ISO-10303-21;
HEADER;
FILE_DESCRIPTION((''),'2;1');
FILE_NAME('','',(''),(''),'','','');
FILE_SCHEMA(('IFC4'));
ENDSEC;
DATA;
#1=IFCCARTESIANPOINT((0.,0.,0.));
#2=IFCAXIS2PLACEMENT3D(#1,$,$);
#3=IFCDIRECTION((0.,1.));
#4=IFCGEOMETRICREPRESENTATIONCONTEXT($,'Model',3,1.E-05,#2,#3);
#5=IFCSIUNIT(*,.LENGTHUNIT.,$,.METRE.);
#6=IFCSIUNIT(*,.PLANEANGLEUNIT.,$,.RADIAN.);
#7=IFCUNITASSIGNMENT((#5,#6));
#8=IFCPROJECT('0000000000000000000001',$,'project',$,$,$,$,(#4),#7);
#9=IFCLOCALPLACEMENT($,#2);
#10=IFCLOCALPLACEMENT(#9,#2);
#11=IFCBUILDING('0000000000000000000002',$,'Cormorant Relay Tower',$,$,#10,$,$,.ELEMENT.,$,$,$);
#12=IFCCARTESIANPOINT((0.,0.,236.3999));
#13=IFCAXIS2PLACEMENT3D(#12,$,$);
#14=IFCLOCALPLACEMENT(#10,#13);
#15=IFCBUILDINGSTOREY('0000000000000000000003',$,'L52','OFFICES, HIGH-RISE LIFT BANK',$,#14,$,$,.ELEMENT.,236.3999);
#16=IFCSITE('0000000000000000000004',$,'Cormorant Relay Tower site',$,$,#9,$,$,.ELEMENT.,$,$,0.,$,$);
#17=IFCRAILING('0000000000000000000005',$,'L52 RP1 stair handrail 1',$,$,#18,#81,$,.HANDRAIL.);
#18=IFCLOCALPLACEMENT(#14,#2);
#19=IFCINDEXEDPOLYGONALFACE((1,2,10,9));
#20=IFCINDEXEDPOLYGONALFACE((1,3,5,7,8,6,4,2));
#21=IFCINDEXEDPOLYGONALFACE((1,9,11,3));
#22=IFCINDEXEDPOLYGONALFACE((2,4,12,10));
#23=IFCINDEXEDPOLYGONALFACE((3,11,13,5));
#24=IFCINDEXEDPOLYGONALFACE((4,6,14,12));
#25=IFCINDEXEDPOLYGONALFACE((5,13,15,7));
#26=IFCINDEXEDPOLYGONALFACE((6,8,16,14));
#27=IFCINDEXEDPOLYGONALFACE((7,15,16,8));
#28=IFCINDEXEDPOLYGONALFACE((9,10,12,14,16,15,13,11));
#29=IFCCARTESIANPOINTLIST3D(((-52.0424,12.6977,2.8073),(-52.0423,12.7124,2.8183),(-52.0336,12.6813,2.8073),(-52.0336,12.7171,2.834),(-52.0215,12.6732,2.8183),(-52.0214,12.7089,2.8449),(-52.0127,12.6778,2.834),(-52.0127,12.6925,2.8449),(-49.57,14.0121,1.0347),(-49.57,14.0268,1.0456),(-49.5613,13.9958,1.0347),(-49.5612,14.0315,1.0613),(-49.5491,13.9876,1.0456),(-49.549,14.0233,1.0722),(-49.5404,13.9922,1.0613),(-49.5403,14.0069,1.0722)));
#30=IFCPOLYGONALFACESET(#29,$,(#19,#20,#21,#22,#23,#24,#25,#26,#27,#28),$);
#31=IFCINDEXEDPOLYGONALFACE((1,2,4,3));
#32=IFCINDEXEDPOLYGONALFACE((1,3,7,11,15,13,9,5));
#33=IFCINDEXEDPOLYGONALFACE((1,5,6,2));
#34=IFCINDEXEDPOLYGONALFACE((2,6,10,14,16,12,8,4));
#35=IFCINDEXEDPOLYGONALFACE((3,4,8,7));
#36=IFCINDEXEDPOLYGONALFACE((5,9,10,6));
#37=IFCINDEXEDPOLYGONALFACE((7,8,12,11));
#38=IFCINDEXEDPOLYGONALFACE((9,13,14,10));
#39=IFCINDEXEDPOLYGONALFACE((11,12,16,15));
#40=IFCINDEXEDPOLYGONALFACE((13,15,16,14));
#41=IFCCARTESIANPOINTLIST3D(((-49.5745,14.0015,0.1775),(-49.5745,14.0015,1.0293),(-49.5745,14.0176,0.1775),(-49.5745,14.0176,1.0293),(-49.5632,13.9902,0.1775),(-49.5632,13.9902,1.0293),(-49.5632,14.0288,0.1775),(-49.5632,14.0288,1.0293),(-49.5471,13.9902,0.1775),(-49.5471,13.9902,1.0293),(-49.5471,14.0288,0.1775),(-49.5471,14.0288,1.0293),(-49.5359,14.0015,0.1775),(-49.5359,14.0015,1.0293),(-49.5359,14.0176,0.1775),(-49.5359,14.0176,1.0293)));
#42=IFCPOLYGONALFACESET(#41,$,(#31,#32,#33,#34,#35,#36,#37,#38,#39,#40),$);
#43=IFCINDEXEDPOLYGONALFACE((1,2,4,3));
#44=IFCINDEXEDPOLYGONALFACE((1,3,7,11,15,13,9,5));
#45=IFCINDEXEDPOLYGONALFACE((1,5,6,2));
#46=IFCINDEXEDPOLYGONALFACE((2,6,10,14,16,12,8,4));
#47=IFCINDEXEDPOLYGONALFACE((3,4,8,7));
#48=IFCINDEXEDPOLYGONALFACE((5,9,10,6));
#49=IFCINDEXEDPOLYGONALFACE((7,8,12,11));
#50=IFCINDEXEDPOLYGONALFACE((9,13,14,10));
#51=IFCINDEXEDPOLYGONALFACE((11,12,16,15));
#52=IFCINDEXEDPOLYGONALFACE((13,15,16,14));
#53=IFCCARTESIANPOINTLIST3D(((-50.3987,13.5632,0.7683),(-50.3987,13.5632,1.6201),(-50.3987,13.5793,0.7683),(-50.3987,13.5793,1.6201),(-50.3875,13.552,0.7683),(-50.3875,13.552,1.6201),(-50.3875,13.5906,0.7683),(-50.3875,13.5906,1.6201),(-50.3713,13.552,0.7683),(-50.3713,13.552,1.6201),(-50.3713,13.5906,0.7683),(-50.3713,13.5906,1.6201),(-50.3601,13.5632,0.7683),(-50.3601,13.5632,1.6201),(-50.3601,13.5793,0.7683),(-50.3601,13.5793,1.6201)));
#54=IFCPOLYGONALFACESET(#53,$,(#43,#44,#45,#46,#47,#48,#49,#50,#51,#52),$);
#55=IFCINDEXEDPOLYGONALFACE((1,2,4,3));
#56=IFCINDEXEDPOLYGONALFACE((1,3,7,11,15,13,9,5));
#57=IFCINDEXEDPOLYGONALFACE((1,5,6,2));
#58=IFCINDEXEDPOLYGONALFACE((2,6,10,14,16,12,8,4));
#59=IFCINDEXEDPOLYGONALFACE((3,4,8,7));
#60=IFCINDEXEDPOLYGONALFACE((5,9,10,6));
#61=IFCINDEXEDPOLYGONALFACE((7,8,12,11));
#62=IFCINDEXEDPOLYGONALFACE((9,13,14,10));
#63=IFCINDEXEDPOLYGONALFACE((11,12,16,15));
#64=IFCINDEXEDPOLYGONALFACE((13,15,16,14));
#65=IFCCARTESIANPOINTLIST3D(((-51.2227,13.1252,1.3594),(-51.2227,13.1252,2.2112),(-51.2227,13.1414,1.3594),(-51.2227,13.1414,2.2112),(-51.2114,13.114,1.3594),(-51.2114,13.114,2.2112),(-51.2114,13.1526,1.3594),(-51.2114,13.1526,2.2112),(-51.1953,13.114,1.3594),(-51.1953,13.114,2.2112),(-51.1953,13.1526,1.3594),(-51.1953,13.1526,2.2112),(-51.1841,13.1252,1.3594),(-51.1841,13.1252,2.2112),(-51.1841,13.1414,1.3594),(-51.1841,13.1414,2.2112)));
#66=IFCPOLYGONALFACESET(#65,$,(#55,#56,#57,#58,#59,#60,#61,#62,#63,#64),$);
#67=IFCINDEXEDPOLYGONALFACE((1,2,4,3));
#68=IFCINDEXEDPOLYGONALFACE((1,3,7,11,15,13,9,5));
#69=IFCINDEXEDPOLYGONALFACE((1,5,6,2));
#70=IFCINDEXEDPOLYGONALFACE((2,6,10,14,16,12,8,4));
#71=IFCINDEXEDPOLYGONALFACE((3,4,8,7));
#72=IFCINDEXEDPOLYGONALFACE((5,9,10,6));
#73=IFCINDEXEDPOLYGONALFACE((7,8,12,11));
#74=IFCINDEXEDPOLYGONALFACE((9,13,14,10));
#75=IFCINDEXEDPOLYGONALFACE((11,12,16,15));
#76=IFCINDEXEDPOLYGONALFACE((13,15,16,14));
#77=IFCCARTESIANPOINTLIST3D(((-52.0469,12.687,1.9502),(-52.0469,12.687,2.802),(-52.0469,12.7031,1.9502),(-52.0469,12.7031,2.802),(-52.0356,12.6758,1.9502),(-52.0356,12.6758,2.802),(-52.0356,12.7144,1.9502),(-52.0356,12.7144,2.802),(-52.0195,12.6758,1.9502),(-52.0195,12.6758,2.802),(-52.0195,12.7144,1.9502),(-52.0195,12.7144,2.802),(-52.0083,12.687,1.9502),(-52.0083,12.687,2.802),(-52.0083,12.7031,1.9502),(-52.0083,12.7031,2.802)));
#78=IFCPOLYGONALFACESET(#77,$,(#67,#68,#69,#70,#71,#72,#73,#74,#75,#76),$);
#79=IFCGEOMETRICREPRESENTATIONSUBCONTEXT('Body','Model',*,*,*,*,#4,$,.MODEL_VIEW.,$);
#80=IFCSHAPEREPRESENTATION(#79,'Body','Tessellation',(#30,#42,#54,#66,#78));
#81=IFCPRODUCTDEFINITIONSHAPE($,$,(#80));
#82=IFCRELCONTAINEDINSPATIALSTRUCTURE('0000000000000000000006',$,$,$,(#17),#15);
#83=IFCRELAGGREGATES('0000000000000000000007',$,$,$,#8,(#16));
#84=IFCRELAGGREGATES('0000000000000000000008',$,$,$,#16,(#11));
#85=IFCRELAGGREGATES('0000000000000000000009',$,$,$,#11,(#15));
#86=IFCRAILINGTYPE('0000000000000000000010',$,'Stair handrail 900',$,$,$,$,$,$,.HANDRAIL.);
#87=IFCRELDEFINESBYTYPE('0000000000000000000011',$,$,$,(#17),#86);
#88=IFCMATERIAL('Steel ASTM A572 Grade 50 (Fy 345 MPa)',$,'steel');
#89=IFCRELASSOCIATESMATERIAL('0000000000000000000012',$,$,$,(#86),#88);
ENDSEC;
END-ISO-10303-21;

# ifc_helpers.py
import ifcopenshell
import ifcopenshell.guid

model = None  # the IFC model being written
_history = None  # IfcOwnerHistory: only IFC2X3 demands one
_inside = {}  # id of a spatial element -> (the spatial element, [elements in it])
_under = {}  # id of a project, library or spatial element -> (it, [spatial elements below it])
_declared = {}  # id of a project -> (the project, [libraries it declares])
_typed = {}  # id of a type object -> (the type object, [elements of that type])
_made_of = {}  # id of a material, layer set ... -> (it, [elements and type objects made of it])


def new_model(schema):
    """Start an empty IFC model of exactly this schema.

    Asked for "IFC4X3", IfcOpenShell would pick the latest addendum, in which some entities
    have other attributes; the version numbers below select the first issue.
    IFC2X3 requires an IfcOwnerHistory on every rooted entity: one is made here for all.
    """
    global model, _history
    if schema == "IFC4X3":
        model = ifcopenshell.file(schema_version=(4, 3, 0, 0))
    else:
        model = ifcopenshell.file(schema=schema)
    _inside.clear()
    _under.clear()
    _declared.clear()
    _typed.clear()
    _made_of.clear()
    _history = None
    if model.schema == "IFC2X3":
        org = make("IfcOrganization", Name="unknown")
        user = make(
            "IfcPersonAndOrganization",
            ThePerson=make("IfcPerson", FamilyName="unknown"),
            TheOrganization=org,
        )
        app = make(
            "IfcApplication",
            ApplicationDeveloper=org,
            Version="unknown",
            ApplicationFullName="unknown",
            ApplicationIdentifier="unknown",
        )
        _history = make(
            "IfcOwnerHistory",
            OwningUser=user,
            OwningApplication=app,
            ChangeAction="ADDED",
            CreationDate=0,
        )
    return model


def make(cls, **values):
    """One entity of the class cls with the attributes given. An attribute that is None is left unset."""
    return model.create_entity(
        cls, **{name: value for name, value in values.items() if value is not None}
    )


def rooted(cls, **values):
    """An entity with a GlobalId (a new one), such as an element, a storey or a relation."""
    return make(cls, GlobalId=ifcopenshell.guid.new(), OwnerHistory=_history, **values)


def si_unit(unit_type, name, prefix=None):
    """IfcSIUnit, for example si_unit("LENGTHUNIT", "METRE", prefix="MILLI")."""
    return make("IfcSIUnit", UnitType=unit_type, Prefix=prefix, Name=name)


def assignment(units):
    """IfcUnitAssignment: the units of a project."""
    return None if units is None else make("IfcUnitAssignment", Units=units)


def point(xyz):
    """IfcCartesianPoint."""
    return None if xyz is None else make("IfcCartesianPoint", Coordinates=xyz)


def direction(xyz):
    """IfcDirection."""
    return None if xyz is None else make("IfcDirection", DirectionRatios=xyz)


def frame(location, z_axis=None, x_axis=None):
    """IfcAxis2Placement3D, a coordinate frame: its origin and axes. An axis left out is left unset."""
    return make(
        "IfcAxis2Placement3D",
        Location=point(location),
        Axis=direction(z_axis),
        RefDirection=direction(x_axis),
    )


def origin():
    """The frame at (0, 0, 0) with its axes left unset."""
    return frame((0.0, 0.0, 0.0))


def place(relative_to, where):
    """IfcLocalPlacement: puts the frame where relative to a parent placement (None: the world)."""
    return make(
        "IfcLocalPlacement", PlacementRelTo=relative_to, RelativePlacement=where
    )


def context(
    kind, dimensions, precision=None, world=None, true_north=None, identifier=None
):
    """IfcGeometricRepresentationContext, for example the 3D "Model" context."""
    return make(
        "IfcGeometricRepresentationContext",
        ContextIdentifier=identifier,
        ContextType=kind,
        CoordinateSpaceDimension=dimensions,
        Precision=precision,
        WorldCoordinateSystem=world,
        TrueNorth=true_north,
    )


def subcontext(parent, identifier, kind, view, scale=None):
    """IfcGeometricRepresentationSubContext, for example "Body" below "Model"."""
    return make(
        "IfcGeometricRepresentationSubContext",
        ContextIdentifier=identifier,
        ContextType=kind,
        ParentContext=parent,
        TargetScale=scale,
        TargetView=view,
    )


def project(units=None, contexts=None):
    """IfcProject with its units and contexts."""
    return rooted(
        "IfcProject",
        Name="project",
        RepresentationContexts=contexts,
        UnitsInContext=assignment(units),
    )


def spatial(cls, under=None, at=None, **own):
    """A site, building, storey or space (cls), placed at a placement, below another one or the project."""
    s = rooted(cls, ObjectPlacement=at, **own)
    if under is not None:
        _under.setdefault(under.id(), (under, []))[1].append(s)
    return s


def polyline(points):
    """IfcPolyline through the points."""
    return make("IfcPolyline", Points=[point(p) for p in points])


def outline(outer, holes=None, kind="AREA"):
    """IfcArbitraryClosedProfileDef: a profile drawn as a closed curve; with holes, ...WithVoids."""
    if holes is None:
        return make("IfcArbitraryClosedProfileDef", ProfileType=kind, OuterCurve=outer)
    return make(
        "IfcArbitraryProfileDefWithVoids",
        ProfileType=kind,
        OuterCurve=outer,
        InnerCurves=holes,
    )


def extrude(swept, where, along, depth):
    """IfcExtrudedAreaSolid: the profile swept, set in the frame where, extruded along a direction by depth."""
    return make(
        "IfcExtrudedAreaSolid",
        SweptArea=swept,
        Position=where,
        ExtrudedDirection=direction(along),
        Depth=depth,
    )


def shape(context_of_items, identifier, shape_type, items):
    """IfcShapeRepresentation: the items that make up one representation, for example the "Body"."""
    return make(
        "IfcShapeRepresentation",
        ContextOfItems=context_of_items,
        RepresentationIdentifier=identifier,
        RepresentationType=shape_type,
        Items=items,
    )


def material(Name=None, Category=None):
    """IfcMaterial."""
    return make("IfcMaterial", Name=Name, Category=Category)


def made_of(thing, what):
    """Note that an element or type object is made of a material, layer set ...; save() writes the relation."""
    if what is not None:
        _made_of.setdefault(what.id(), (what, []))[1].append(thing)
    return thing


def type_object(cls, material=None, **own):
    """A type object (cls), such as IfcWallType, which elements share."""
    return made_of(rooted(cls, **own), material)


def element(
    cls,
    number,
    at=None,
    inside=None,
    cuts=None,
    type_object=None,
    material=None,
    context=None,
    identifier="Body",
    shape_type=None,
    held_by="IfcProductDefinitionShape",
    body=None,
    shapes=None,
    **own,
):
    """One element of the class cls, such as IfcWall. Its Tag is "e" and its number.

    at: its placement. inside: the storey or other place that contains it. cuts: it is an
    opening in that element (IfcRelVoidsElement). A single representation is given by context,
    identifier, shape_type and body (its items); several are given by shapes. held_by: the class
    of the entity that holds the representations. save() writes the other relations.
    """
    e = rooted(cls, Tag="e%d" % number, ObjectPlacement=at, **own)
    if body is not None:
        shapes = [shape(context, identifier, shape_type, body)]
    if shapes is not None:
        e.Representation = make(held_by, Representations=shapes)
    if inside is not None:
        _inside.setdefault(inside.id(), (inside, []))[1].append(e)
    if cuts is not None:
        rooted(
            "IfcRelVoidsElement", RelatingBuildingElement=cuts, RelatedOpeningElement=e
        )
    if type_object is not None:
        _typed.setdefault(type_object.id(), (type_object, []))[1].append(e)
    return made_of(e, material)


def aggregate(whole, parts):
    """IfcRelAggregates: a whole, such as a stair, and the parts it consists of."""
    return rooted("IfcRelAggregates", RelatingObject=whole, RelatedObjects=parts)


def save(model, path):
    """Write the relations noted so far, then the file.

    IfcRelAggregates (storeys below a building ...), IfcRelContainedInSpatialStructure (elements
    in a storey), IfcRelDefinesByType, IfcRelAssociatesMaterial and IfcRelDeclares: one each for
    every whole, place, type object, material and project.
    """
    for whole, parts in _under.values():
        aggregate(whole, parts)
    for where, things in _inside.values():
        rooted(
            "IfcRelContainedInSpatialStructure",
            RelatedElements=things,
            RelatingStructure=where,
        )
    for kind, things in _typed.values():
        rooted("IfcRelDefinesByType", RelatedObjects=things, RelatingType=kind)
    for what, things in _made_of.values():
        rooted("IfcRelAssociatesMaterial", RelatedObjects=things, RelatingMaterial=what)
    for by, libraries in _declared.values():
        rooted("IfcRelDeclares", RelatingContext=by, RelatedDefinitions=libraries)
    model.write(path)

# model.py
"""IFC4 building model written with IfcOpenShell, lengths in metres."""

from ifc_helpers import new_model, si_unit, direction, frame, origin, place, context, subcontext, project, spatial, polyline, outline, extrude, material, type_object, element, save


model = new_model("IFC4")

# Units and contexts
model_context = context("Model", 3, precision=1e-05, world=origin(), true_north=direction((0.0, 1.0)))
body_context = subcontext(model_context, "Body", "Model", "MODEL_VIEW")
ifc_project = project(units=[si_unit("LENGTHUNIT", "METRE"), si_unit("PLANEANGLEUNIT", "RADIAN")], contexts=[model_context])

# Site, building, storey
site_placement = place(None, origin())
site = spatial("IfcSite", under=ifc_project, at=site_placement, Name="Cormorant Relay Tower site", CompositionType="ELEMENT", RefElevation=0.0)
building_placement = place(site_placement, origin())
building = spatial("IfcBuilding", under=site, at=building_placement, Name="Cormorant Relay Tower", CompositionType="ELEMENT")
storey_placement = place(building_placement, frame((0.0, 0.0, 236.3999)))
storey = spatial("IfcBuildingStorey", under=building, at=storey_placement, Name="L52", Description="OFFICES, HIGH-RISE LIFT BANK", CompositionType="ELEMENT", Elevation=236.3999)

# Railing
ifc_material_1 = material(Name="Steel ASTM A572 Grade 50 (Fy 345 MPa)", Category="steel")
railing_type = type_object("IfcRailingType", Name="Stair handrail 900", PredefinedType="HANDRAIL", material=ifc_material_1)
railing_placement = place(storey_placement, frame((-49.5552, 14.0095, 0.1775)))
element("IfcRailing", 1, at=railing_placement, inside=storey, type_object=railing_type, Name="L52 RP1 stair handrail 1", PredefinedType="HANDRAIL", context=body_context, shape_type="SweptSolid", body=[
    extrude(outline(polyline([(0.0222, 0.0093), (0.0093, 0.0222), (-0.0093, 0.0222), (-0.0222, 0.0093), (-0.0222, -0.0093), (-0.0093, -0.0222), (0.0093, -0.0222), (0.0222, -0.0093), (0.0222, 0.0093)])), frame((0.0, 0.0, 0.876), z_axis=(-0.746034, -0.396627, 0.534902), x_axis=(0.469429, -0.88297, 0.0)), (0.0, 0.0, 1.0), 3.314),
    extrude(outline(polyline([(0.0193, 0.0081), (0.0081, 0.0193), (-0.0081, 0.0193), (-0.0193, 0.0081), (-0.0193, -0.0081), (-0.0081, -0.0193), (0.0081, -0.0193), (0.0193, -0.0081), (0.0193, 0.0081)])), origin(), (0.0, 0.0, 1.0), 0.8518),
    extrude(outline(polyline([(0.0193, 0.0081), (0.0081, 0.0193), (-0.0081, 0.0193), (-0.0193, 0.0081), (-0.0193, -0.0081), (-0.0081, -0.0193), (0.0081, -0.0193), (0.0193, -0.0081), (0.0193, 0.0081)])), frame((-0.8242, -0.4382, 0.5908)), (0.0, 0.0, 1.0), 0.8518),
    extrude(outline(polyline([(0.0193, 0.0081), (0.0081, 0.0193), (-0.0081, 0.0193), (-0.0193, 0.0081), (-0.0193, -0.0081), (-0.0081, -0.0193), (0.0081, -0.0193), (0.0193, -0.0081), (0.0193, 0.0081)])), frame((-1.6482, -0.8762, 1.1819)), (0.0, 0.0, 1.0), 0.8518),
    extrude(outline(polyline([(0.0193, 0.0081), (0.0081, 0.0193), (-0.0081, 0.0193), (-0.0193, 0.0081), (-0.0193, -0.0081), (-0.0081, -0.0193), (0.0081, -0.0193), (0.0193, -0.0081), (0.0193, 0.0081)])), frame((-2.4724, -1.3145, 1.7727)), (0.0, 0.0, 1.0), 0.8518),
])

save(model, "model.ifc")
